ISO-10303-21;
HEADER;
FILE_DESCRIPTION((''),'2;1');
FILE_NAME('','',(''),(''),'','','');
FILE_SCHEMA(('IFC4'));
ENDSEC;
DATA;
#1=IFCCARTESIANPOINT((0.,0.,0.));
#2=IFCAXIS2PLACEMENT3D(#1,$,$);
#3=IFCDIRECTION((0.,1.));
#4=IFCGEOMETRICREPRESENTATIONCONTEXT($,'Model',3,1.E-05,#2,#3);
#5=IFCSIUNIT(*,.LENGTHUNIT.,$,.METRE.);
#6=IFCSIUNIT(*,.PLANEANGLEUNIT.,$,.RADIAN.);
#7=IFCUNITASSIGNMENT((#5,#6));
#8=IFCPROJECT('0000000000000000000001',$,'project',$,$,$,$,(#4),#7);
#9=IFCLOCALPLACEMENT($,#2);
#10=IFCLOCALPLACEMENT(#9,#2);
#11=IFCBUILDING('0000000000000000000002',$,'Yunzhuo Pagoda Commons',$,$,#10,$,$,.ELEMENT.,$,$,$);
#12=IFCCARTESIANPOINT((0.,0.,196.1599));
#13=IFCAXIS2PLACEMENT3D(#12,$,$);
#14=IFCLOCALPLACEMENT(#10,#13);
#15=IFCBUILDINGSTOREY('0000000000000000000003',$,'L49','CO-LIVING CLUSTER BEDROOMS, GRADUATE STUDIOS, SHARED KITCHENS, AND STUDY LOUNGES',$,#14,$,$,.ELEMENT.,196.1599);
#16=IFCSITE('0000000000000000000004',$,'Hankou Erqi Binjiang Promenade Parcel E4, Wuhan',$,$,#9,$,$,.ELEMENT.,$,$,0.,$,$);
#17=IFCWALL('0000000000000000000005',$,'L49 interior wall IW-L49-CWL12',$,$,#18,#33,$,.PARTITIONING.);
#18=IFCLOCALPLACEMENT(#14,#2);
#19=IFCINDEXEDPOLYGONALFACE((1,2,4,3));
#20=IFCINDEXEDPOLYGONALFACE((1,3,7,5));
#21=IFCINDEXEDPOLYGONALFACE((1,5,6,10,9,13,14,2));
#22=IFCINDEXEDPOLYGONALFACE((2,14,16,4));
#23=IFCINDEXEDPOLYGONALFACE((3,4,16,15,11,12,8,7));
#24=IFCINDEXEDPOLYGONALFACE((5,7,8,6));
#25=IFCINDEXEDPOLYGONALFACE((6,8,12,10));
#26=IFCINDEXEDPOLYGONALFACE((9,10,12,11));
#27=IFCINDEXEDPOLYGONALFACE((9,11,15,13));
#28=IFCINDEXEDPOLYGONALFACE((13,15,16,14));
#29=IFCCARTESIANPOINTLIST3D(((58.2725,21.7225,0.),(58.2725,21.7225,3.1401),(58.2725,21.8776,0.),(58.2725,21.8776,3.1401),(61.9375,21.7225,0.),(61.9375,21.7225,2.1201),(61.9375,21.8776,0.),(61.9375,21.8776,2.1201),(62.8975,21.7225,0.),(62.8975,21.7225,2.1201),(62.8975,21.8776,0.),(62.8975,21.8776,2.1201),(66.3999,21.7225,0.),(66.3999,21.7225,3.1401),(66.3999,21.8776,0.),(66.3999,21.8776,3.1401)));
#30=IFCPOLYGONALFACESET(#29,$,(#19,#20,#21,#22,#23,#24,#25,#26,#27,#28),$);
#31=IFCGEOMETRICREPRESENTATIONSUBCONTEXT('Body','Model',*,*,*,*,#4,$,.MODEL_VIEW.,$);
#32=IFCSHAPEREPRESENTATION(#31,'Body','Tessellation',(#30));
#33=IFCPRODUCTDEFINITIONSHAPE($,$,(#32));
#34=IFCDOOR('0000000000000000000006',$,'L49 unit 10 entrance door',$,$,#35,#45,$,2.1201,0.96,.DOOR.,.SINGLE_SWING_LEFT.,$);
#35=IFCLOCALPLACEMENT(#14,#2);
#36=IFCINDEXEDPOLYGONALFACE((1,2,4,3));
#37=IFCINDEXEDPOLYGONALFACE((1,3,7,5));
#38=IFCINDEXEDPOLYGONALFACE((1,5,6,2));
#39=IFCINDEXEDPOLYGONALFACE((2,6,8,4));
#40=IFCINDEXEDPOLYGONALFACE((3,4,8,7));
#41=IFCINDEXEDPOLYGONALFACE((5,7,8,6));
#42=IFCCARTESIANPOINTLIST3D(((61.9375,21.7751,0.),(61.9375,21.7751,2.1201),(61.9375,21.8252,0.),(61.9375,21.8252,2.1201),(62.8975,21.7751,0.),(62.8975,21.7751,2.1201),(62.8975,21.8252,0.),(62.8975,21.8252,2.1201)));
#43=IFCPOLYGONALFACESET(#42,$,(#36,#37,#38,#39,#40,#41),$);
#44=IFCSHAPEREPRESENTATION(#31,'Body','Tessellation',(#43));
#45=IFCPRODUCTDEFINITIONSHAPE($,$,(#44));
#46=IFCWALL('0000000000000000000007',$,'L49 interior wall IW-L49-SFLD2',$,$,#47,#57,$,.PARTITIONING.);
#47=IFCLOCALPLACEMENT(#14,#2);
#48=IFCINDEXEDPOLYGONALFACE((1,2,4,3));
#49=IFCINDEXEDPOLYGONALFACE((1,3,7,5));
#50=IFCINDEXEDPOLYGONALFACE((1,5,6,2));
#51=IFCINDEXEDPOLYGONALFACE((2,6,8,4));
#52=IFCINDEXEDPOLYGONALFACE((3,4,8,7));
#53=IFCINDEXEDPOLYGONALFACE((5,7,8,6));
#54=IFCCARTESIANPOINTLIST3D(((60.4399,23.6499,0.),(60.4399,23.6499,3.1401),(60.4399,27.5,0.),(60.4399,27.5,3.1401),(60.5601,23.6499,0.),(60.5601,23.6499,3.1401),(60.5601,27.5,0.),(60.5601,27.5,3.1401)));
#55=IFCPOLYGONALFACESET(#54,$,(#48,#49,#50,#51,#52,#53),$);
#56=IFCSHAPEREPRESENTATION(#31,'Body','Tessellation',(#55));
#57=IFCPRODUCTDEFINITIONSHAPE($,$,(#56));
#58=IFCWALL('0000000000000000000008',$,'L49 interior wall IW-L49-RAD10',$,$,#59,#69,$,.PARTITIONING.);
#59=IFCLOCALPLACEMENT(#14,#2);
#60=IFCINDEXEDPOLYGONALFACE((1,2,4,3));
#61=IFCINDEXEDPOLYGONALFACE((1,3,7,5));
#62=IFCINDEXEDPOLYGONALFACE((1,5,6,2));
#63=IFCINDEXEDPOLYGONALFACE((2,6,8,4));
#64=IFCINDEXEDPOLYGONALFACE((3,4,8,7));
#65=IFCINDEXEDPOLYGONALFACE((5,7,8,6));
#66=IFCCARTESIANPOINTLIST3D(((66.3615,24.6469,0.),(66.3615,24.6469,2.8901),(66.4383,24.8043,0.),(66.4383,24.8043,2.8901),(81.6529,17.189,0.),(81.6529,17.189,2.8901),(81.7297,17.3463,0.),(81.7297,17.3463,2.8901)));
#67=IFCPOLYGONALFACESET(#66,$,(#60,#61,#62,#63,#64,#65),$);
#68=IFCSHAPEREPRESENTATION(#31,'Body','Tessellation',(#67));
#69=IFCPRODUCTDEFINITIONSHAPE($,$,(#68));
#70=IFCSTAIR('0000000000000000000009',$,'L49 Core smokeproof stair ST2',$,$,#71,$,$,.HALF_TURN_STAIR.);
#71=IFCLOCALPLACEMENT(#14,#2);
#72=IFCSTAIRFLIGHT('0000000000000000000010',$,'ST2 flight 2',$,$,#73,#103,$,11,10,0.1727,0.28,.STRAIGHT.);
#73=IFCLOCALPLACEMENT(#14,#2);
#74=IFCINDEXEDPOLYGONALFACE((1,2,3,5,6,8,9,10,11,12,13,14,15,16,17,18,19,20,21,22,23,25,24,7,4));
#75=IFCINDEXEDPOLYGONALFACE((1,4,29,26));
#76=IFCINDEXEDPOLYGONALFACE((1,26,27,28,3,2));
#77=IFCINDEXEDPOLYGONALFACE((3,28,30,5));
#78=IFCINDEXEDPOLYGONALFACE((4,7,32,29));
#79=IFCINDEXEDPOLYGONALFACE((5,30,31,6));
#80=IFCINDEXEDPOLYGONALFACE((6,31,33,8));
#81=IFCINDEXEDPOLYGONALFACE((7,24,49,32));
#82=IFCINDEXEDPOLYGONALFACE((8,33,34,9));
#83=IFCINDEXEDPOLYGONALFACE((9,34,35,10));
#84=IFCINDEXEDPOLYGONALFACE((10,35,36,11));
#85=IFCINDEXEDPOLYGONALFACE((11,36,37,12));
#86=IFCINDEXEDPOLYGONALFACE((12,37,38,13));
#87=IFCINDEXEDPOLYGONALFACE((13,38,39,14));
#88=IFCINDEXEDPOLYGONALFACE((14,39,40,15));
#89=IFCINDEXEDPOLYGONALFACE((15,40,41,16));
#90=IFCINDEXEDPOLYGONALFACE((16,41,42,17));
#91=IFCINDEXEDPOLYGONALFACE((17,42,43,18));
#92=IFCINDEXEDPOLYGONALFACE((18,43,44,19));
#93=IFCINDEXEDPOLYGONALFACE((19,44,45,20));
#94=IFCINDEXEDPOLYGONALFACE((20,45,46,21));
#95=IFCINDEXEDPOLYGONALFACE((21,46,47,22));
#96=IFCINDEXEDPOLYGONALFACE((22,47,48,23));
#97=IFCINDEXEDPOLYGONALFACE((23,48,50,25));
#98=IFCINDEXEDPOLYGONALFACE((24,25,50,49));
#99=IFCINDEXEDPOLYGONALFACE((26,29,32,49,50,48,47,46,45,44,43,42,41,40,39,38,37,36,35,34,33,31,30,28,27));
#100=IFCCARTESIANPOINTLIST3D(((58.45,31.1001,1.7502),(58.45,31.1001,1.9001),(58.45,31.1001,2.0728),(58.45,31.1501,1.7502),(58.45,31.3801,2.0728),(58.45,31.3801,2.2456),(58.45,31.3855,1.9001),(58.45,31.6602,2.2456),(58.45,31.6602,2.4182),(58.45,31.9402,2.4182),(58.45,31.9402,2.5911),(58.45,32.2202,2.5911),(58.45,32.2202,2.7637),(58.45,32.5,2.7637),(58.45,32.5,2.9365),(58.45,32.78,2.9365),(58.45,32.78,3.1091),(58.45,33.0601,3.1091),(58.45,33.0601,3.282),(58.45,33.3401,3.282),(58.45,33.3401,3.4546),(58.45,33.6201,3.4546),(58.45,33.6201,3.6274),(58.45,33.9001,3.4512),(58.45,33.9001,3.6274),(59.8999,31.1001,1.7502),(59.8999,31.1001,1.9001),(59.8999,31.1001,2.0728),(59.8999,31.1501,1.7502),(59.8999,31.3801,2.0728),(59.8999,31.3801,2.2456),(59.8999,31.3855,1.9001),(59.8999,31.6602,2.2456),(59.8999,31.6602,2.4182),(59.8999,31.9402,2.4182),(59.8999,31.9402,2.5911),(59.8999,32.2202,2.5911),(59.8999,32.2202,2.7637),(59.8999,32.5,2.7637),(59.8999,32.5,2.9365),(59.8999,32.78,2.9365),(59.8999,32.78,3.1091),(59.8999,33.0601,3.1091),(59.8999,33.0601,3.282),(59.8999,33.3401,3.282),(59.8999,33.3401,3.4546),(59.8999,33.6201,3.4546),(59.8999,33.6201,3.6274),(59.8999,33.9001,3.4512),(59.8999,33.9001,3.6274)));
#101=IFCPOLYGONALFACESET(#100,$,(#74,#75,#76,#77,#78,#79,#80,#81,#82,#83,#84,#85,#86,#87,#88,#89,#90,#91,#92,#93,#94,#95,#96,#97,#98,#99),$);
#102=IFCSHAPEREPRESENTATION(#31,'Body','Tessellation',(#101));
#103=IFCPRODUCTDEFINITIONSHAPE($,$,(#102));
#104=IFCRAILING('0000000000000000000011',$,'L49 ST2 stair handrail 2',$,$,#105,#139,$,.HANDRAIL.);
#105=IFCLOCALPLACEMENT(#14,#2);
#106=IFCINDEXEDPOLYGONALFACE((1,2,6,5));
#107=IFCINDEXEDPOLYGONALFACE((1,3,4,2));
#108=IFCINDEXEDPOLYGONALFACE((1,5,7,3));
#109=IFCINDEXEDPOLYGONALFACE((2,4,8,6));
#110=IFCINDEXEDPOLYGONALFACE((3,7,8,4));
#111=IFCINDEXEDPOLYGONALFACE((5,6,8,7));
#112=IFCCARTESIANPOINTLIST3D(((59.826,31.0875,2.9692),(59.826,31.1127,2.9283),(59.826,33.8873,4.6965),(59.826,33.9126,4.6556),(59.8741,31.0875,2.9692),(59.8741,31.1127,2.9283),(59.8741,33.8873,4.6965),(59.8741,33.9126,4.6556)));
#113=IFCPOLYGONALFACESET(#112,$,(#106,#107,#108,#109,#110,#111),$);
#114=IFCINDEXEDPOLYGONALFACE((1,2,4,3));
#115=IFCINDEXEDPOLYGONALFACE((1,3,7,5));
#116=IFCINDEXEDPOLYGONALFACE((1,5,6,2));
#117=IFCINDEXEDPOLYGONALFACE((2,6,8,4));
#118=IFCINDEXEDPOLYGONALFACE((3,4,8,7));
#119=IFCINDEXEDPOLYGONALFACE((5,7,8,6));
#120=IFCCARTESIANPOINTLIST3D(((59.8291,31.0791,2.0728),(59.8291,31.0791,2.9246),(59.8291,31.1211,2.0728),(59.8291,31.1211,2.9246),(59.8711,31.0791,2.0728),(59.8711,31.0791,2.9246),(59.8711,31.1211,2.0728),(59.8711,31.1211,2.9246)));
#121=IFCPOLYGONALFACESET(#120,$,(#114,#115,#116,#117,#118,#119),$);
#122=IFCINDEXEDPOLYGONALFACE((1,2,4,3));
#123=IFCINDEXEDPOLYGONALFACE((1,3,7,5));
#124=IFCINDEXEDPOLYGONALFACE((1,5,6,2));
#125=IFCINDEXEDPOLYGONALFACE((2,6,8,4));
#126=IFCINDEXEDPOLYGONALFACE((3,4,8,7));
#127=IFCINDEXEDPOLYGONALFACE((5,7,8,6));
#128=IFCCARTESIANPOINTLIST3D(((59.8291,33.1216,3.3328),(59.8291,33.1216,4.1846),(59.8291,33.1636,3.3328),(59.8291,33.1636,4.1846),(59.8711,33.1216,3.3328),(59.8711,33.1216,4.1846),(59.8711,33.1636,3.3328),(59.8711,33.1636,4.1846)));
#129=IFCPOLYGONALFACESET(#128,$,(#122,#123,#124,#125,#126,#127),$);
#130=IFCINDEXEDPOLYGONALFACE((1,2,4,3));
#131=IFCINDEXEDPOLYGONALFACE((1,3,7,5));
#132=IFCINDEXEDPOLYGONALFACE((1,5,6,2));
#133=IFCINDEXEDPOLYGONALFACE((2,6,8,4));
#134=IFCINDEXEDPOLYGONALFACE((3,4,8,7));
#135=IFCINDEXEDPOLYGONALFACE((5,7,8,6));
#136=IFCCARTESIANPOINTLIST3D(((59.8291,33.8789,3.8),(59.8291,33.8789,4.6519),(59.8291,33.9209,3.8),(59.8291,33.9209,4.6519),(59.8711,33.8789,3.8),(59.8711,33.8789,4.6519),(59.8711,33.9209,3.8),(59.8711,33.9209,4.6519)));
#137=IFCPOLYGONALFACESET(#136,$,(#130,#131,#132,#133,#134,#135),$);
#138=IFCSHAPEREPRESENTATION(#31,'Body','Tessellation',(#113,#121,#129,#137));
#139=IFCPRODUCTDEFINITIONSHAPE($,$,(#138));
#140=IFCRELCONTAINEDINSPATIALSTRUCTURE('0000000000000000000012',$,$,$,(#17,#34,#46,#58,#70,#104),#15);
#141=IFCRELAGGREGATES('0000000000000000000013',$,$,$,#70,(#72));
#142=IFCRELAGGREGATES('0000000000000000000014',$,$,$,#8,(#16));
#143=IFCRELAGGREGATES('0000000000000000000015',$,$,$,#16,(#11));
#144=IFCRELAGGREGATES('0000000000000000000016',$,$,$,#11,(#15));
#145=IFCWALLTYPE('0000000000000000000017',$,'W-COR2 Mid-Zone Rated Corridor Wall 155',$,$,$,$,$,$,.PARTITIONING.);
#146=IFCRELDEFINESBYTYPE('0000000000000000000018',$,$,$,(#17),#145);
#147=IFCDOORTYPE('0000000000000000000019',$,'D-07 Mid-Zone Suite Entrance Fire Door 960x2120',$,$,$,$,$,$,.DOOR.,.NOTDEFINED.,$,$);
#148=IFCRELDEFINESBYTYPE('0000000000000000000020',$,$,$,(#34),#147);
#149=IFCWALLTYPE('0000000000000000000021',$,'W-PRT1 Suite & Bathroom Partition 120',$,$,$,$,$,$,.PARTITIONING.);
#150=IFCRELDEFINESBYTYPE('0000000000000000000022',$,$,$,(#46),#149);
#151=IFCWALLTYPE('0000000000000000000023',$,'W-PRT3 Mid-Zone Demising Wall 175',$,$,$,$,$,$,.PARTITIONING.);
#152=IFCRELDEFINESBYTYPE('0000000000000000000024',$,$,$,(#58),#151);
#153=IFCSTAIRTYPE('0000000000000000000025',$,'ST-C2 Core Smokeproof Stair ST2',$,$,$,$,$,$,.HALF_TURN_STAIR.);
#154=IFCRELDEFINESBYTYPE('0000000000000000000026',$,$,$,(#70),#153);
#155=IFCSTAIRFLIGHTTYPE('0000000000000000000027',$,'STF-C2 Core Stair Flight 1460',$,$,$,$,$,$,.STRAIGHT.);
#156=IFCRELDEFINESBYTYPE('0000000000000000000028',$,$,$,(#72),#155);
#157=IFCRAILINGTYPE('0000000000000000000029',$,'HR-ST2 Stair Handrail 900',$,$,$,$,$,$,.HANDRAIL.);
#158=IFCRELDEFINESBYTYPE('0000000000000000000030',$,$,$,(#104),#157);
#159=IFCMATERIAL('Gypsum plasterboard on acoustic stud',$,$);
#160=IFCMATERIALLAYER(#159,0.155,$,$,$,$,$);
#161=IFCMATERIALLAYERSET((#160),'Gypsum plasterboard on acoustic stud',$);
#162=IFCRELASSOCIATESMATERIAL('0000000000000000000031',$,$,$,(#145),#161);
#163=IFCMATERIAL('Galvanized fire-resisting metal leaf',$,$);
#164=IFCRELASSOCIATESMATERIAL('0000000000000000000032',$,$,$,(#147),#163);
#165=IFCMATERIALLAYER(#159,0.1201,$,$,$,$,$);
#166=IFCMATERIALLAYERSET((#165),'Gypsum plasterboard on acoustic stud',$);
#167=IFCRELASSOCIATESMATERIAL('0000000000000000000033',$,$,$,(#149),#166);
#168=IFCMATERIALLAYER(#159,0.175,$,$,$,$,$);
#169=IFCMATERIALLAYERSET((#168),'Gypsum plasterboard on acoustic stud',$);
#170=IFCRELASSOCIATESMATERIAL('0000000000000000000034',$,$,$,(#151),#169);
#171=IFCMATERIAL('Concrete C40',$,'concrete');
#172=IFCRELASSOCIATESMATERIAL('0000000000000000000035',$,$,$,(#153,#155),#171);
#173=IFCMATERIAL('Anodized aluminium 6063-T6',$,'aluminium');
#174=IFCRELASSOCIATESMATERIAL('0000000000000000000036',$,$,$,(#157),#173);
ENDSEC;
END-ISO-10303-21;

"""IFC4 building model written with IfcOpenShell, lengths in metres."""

from ifc_helpers import new_model, si_unit, direction, frame, frame_2d, origin, origin_with_axes, origin_2d, place, context, subcontext, project, spatial, polyline, rectangle, outline, extrude, source, transform, mapped, material, layer, layer_set, type_object, element, fill, aggregate, save


model = new_model("IFC4")

# Units and contexts
model_context = context("Model", 3, precision=1e-05, world=origin(), true_north=direction((0.0, 1.0)))
body_context = subcontext(model_context, "Body", "Model", "MODEL_VIEW")
ifc_project = project(units=[si_unit("LENGTHUNIT", "METRE"), si_unit("PLANEANGLEUNIT", "RADIAN")], contexts=[model_context])

# Site, building, storey
site_placement = place(None, origin())
site = spatial("IfcSite", under=ifc_project, at=site_placement, Name="Hankou Erqi Binjiang Promenade Parcel E4, Wuhan", CompositionType="ELEMENT", RefElevation=0.0)
building_placement = place(site_placement, origin())
building = spatial("IfcBuilding", under=site, at=building_placement, Name="Yunzhuo Pagoda Commons", CompositionType="ELEMENT")
storey_placement = place(building_placement, frame((0.0, 0.0, 196.1599)))
storey = spatial("IfcBuildingStorey", under=building, at=storey_placement, Name="L49", Description="CO-LIVING CLUSTER BEDROOMS, GRADUATE STUDIOS, SHARED KITCHENS, AND STUDY LOUNGES", CompositionType="ELEMENT", Elevation=196.1599)

# Shared definitions
ifc_material_1 = material(Name="Anodized aluminium 6063-T6", Category="aluminium")

# Shared definitions
ifc_material_2 = material(Name="Gypsum plasterboard on acoustic stud")
ifc_layer_1 = layer(ifc_material_2, 0.155)
ifc_layer_set_1 = layer_set([ifc_layer_1], Name="Gypsum plasterboard on acoustic stud")
wall_type_1 = type_object("IfcWallType", Name="W-COR2 Mid-Zone Rated Corridor Wall 155", PredefinedType="PARTITIONING", material=ifc_layer_set_1)
ifc_material_3 = material(Name="Galvanized fire-resisting metal leaf")
door_type_1 = type_object("IfcDoorType", Name="D-07 Mid-Zone Suite Entrance Fire Door 960x2120", OperationType="NOTDEFINED", PredefinedType="DOOR", material=ifc_material_3)
shared_shape_1 = source(origin(), body_context, "Body", "SweptSolid", [
    extrude(rectangle(XDim=0.96, YDim=2.1201, at=frame_2d((0.48, 1.0601))), frame((0.0, 0.0249, 0.0), z_axis=(0.0, -1.0, 0.0), x_axis=(1.0, 0.0, 0.0)), (0.0, 0.0, 1.0), 0.05),
])

# Wall, opening, door
wall_1_placement = place(storey_placement, frame((66.3999, 21.8, 0.0), z_axis=(0.0, 0.0, 1.0), x_axis=(-1.0, 0.0, 0.0)))
wall_1 = element("IfcWall", 1, at=wall_1_placement, inside=storey, type_object=wall_type_1, Name="L49 interior wall IW-L49-CWL12", PredefinedType="PARTITIONING", context=body_context, shape_type="SweptSolid", body=[
    extrude(rectangle(XDim=8.1274, YDim=0.155, at=frame_2d((4.0637, 0.0))), origin(), (0.0, 0.0, 1.0), 3.1401),
])
opening_1_placement = place(wall_1_placement, frame((3.5024, 0.0, 0.0)))
opening_1 = element("IfcOpeningElement", 2, at=opening_1_placement, cuts=wall_1, PredefinedType="OPENING", context=body_context, shape_type="SweptSolid", body=[
    extrude(rectangle(XDim=0.96, YDim=2.1201, at=frame_2d((0.48, 1.0601))), frame((0.0, 0.0874, 0.0), z_axis=(0.0, -1.0, 0.0), x_axis=(1.0, 0.0, 0.0)), (0.0, 0.0, 1.0), 0.175),
])
door_1_placement = place(opening_1_placement, origin_with_axes())
door_1 = element("IfcDoor", 3, at=door_1_placement, inside=storey, type_object=door_type_1, Name="L49 unit 10 entrance door", OperationType="SINGLE_SWING_LEFT", OverallHeight=2.1201, OverallWidth=0.96, PredefinedType="DOOR", context=body_context, shape_type="MappedRepresentation", body=[
    mapped(shared_shape_1, transform((0.0, 0.0, 0.0), scale=1.0)),
])
fill(opening_1, door_1)

# Walls
ifc_layer_2 = layer(ifc_material_2, 0.1201)
ifc_layer_set_2 = layer_set([ifc_layer_2], Name="Gypsum plasterboard on acoustic stud")
wall_type_2 = type_object("IfcWallType", Name="W-PRT1 Suite & Bathroom Partition 120", PredefinedType="PARTITIONING", material=ifc_layer_set_2)
wall_2_placement = place(storey_placement, frame((60.5, 23.6499, 0.0), z_axis=(0.0, 0.0, 1.0), x_axis=(0.0, 1.0, 0.0)))
element("IfcWall", 4, at=wall_2_placement, inside=storey, type_object=wall_type_2, Name="L49 interior wall IW-L49-SFLD2", PredefinedType="PARTITIONING", context=body_context, shape_type="SweptSolid", body=[
    extrude(rectangle(XDim=3.8501, YDim=0.1201, at=frame_2d((1.925, 0.0))), origin(), (0.0, 0.0, 1.0), 3.1401),
])
ifc_layer_3 = layer(ifc_material_2, 0.175)
ifc_layer_set_3 = layer_set([ifc_layer_3], Name="Gypsum plasterboard on acoustic stud")
wall_type_3 = type_object("IfcWallType", Name="W-PRT3 Mid-Zone Demising Wall 175", PredefinedType="PARTITIONING", material=ifc_layer_set_3)
wall_3_placement = place(storey_placement, frame((66.3999, 24.7256, 0.0), z_axis=(0.0, 0.0, 1.0), x_axis=(0.898798, -0.438364, 0.0)))
element("IfcWall", 5, at=wall_3_placement, inside=storey, type_object=wall_type_3, Name="L49 interior wall IW-L49-RAD10", PredefinedType="PARTITIONING", context=body_context, shape_type="SweptSolid", body=[
    extrude(rectangle(XDim=17.0132, YDim=0.175, at=frame_2d((8.5066, 0.0))), origin(), (0.0, 0.0, 1.0), 2.8901),
])

# Stair, stair flight
ifc_material_4 = material(Name="Concrete C40", Category="concrete")
stair_type = type_object("IfcStairType", Name="ST-C2 Core Smokeproof Stair ST2", PredefinedType="HALF_TURN_STAIR", material=ifc_material_4)
stair_placement = place(storey_placement, origin())
stair = element("IfcStair", 6, at=stair_placement, inside=storey, type_object=stair_type, Name="L49 Core smokeproof stair ST2", PredefinedType="HALF_TURN_STAIR")
stair_flight_type = type_object("IfcStairFlightType", Name="STF-C2 Core Stair Flight 1460", PredefinedType="STRAIGHT", material=ifc_material_4)
shared_shape_2 = source(origin(), body_context, "Body", "SweptSolid", [
    extrude(outline(polyline([(0.0, -0.1499), (0.0, 0.0), (0.0, 0.1726), (0.28, 0.1726), (0.28, 0.3455), (0.5601, 0.3455), (0.5601, 0.5181), (0.8401, 0.5181), (0.8401, 0.6909), (1.1201, 0.6909), (1.1201, 0.8635), (1.3999, 0.8635), (1.3999, 1.0364), (1.6799, 1.0364), (1.6799, 1.209), (1.96, 1.209), (1.96, 1.3818), (2.24, 1.3818), (2.24, 1.5544), (2.52, 1.5544), (2.52, 1.7273), (2.8, 1.7273), (2.8, 1.8999), (2.8, 1.551), (0.2854, 0.0), (0.05, -0.1499), (0.0, -0.1499)])), frame((0.0, 0.7251, 0.0), z_axis=(0.0, -1.0, 0.0), x_axis=(1.0, 0.0, 0.0)), (0.0, 0.0, 1.0), 1.45),
])
stair_flight_placement = place(storey_placement, frame((59.175, 31.1001, 1.9001), z_axis=(0.0, 0.0, 1.0), x_axis=(0.0, 1.0, 0.0)))
stair_flight = element("IfcStairFlight", 7, at=stair_flight_placement, type_object=stair_flight_type, Name="ST2 flight 2", NumberOfRisers=11, NumberOfTreads=10, PredefinedType="STRAIGHT", RiserHeight=0.1727, TreadLength=0.28, context=body_context, shape_type="MappedRepresentation", body=[
    mapped(shared_shape_2, transform((0.0, 0.0, 0.0), scale=1.0)),
])
aggregate(stair, [stair_flight])

# Railing
railing_type = type_object("IfcRailingType", Name="HR-ST2 Stair Handrail 900", PredefinedType="HANDRAIL", material=ifc_material_1)
railing_placement = place(storey_placement, frame((59.8501, 31.1001, 2.0728)))
element("IfcRailing", 8, at=railing_placement, inside=storey, type_object=railing_type, Name="L49 ST2 stair handrail 2", PredefinedType="HANDRAIL", context=body_context, shape_type="SweptSolid", body=[
    extrude(rectangle(XDim=0.0481, YDim=0.0481, at=origin_2d()), frame((0.0, 0.0, 0.876), z_axis=(0.0, 0.851069, 0.525054), x_axis=(-1.0, 0.0, 0.0)), (0.0, 0.0, 1.0), 3.2898),
    extrude(rectangle(XDim=0.042, YDim=0.042, at=origin_2d()), origin(), (0.0, 0.0, 1.0), 0.8518),
    extrude(rectangle(XDim=0.042, YDim=0.042, at=origin_2d()), frame((0.0, 2.0425, 1.26)), (0.0, 0.0, 1.0), 0.8518),
    extrude(rectangle(XDim=0.042, YDim=0.042, at=origin_2d()), frame((0.0, 2.7998, 1.7273)), (0.0, 0.0, 1.0), 0.8518),
])

save(model, "model.ifc")
